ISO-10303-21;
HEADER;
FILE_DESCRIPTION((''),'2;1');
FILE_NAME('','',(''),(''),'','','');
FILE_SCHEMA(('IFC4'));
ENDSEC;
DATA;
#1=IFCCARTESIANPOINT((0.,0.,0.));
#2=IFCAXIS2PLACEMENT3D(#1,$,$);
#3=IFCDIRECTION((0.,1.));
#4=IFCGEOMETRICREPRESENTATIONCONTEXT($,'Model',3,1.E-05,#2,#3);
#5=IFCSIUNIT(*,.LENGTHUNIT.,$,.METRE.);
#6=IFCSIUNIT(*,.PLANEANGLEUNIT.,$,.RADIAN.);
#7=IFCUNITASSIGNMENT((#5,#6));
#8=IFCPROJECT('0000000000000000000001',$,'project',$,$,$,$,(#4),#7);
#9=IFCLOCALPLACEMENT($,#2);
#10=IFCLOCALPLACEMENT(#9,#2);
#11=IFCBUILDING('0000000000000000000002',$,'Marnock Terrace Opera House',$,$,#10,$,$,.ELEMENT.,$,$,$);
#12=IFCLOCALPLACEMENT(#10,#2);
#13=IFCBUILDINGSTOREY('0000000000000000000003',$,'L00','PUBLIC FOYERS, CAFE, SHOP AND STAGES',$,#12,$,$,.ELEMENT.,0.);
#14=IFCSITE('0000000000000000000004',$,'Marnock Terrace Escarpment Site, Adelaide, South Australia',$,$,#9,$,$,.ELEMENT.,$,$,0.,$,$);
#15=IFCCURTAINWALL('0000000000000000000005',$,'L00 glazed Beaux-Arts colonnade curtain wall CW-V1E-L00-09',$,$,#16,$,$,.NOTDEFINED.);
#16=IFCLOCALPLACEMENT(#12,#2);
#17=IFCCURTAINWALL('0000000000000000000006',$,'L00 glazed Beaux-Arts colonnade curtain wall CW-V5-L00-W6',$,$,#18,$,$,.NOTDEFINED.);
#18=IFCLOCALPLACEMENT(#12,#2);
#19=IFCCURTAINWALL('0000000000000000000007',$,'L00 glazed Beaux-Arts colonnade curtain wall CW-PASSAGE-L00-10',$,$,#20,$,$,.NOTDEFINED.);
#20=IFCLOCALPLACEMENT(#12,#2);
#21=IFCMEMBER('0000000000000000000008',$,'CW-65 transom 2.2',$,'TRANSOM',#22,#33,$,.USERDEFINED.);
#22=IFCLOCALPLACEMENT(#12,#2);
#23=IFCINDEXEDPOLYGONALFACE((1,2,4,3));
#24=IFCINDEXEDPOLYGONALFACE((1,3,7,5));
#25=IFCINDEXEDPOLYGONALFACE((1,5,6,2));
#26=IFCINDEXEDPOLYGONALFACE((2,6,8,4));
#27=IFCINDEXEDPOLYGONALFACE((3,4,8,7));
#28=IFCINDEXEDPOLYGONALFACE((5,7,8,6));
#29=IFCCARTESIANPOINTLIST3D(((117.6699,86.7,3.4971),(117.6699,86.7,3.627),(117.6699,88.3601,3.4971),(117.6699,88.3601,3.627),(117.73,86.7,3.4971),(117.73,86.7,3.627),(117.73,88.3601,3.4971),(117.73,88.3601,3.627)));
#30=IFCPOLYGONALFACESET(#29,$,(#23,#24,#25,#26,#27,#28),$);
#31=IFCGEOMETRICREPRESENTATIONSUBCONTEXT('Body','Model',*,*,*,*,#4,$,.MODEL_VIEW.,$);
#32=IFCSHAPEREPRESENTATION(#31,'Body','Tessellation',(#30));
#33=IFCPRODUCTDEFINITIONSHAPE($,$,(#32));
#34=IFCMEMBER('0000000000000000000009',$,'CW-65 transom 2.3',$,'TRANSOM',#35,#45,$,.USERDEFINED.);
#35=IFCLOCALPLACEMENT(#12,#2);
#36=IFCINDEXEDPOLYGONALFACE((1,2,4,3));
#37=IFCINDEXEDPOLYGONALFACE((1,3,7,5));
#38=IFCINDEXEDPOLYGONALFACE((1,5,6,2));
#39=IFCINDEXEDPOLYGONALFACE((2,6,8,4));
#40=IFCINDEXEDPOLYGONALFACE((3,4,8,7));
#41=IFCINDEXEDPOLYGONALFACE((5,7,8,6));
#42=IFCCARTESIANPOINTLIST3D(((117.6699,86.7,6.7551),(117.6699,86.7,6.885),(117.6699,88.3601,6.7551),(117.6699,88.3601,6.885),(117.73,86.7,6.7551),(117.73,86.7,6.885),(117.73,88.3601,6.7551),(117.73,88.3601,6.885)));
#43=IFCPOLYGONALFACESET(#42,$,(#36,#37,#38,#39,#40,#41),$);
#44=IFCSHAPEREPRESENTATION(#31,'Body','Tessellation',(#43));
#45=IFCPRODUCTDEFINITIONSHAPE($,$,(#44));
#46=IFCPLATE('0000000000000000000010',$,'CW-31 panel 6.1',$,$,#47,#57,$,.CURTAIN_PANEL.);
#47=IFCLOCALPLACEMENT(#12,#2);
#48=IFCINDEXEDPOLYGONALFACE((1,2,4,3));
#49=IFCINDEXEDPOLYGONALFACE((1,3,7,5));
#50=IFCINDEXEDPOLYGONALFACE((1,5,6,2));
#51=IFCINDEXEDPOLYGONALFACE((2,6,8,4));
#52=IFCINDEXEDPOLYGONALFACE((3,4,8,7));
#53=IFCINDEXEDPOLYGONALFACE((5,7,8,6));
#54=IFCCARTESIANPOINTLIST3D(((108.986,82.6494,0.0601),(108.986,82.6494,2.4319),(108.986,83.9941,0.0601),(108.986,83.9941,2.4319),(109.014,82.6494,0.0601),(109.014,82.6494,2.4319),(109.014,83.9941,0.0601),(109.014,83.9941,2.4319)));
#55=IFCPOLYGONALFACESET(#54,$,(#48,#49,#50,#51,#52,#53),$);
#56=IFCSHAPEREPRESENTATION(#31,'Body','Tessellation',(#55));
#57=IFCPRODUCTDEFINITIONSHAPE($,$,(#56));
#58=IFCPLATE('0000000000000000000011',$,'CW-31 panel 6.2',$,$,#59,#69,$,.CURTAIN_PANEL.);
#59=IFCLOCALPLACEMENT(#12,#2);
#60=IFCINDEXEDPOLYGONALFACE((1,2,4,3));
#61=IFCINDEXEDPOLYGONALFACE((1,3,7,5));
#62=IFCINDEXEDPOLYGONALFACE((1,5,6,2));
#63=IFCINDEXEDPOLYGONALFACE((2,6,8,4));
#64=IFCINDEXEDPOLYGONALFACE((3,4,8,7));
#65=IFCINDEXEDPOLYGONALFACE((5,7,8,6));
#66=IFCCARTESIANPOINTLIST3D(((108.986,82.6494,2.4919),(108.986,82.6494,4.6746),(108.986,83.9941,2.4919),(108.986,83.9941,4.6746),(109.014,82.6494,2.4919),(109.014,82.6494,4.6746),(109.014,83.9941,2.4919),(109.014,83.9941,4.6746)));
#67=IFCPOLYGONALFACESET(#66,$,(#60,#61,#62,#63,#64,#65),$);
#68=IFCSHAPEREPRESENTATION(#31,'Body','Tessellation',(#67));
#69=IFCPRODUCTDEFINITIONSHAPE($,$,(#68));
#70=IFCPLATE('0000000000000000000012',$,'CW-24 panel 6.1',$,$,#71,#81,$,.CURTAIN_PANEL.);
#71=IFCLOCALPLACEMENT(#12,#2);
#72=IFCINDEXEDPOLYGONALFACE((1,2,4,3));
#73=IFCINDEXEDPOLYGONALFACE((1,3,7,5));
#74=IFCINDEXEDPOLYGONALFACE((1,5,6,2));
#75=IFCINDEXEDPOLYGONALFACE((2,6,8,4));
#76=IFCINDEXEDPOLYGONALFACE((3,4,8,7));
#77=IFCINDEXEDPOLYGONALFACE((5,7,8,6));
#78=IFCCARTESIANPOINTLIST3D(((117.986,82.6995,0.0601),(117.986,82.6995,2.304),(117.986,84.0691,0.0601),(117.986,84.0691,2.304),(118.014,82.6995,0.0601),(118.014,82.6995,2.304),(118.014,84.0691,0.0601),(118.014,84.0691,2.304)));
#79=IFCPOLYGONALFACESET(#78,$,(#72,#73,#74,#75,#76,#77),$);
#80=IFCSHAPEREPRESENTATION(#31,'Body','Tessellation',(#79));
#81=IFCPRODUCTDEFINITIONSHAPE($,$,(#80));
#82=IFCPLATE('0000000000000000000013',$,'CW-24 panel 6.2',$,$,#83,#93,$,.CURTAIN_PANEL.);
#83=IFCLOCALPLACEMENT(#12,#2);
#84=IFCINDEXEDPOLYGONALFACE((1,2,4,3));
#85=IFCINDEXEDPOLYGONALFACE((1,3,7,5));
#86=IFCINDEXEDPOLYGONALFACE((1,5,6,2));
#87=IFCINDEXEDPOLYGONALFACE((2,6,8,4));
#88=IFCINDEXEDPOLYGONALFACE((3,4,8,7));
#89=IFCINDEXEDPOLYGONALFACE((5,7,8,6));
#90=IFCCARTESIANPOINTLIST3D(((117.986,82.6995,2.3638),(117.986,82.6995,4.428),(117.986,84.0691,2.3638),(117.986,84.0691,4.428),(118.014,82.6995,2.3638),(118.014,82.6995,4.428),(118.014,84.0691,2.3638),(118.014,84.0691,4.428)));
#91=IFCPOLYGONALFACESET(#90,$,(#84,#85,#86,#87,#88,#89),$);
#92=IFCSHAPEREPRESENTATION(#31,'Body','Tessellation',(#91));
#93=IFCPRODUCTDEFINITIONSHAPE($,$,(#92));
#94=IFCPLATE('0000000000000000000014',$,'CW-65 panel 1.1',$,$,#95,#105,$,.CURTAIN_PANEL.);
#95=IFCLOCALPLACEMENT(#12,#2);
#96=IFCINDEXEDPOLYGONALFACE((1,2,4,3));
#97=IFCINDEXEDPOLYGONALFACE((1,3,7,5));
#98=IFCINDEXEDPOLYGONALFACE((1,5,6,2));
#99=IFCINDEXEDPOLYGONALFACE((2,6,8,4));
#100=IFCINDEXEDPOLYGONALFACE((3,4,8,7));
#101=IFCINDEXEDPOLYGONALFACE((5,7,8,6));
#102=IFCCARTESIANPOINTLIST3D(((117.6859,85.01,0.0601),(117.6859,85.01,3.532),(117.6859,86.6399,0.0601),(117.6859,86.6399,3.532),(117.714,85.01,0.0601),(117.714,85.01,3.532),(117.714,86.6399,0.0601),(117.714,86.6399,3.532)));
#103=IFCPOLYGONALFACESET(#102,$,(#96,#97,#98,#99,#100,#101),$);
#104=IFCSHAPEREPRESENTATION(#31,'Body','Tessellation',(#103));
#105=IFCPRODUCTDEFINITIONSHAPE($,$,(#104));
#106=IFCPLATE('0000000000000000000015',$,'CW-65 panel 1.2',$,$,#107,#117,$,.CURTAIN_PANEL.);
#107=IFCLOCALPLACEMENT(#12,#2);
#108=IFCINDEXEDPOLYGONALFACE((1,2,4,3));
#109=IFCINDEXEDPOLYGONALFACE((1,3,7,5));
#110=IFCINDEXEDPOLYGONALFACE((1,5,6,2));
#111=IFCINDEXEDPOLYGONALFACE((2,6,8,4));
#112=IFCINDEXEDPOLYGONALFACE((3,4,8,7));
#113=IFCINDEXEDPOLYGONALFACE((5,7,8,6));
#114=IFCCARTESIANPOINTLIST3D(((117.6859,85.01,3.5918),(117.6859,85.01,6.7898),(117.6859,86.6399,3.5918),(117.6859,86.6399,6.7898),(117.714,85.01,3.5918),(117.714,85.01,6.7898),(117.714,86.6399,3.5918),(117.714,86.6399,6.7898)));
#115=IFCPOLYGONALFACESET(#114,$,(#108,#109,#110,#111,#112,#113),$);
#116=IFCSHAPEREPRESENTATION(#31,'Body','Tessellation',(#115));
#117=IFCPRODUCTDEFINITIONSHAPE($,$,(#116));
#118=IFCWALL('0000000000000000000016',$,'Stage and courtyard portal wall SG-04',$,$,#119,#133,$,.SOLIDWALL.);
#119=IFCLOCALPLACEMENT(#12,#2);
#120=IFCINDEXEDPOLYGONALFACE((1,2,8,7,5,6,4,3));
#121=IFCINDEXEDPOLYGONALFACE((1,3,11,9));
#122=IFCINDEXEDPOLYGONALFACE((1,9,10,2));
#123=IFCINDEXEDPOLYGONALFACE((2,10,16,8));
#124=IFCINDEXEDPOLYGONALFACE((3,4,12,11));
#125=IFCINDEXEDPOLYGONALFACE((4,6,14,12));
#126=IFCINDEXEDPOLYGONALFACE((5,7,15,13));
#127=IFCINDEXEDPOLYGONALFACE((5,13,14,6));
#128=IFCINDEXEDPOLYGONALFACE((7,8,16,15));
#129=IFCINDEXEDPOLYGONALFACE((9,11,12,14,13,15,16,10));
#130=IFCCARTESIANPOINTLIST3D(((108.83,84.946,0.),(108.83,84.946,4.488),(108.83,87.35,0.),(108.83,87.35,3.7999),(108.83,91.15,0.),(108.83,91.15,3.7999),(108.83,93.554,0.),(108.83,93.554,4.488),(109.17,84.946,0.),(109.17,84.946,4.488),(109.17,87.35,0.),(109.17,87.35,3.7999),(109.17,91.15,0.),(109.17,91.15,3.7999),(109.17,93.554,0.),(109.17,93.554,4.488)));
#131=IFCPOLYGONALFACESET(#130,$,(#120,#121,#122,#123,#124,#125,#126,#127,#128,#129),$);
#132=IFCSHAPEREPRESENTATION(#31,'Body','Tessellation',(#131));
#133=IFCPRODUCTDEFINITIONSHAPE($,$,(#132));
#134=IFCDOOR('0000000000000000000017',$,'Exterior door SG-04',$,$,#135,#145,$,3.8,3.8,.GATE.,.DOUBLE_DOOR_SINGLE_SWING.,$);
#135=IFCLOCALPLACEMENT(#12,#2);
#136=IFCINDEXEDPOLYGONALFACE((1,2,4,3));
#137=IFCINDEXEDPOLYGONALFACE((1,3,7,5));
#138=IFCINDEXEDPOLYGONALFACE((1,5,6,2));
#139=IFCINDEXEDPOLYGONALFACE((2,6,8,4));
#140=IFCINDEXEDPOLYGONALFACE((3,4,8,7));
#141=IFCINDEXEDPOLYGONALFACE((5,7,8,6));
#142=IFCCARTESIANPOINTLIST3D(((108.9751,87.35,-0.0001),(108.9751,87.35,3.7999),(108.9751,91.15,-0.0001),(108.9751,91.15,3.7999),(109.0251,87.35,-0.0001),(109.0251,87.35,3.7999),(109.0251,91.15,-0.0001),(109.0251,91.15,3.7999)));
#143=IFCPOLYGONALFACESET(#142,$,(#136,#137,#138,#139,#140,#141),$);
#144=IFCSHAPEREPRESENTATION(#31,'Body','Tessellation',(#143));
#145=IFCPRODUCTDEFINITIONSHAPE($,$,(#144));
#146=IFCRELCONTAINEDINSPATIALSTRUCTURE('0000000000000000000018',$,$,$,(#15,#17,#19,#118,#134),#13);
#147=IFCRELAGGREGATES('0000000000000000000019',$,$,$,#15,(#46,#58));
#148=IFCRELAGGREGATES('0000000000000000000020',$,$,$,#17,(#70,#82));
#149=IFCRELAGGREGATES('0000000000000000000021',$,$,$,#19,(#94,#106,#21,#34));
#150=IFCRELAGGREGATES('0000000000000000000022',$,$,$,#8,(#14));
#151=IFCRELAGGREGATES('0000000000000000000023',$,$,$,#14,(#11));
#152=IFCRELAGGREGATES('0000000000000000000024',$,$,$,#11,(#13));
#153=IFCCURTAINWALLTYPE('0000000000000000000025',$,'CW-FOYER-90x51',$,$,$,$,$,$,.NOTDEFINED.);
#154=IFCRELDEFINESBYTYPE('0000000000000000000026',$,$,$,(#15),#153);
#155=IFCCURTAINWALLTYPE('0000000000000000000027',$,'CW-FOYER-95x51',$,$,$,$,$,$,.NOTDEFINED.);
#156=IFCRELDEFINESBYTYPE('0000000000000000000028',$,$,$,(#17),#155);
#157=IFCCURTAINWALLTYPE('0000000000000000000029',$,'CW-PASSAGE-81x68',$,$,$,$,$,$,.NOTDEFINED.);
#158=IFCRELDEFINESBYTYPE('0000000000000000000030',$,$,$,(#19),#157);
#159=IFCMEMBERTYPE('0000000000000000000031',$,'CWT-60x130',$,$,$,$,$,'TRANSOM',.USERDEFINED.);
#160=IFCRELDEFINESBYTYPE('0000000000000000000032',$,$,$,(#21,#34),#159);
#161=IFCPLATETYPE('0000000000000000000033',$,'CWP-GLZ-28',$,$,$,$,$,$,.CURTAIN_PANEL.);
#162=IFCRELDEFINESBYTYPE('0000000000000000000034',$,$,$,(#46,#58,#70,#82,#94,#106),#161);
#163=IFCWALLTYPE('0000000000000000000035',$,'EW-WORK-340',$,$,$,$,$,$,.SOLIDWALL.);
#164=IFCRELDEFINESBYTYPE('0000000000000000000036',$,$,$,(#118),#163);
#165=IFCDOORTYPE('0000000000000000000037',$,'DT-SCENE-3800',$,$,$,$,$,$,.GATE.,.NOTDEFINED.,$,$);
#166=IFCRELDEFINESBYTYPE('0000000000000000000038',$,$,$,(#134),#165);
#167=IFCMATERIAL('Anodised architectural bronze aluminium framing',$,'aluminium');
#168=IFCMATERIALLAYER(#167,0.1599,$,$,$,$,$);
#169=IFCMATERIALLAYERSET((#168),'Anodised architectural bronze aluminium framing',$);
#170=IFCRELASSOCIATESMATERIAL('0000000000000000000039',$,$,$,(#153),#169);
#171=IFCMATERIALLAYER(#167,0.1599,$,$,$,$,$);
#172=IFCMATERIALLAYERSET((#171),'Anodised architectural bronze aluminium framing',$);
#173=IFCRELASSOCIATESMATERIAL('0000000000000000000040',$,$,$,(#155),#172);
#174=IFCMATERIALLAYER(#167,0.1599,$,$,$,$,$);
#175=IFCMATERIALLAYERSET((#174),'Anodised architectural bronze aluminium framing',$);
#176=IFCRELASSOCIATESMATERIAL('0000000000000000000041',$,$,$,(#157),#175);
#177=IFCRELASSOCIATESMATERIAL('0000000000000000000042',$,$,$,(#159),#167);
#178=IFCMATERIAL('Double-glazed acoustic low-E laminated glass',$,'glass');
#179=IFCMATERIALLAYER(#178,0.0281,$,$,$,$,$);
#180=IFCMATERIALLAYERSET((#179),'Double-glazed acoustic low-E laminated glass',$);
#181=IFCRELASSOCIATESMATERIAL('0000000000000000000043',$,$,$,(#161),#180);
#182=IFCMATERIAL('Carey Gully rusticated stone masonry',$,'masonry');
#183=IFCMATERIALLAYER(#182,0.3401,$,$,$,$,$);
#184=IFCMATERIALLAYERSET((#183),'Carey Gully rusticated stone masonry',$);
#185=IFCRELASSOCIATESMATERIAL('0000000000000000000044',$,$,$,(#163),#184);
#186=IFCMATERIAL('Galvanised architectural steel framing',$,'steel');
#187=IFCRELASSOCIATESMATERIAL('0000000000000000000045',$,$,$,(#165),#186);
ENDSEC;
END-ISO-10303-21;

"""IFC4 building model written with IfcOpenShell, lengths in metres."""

from ifc_helpers import new_model, si_unit, direction, frame, frame_2d, origin, origin_2d, place, context, subcontext, project, spatial, rectangle, extrude, material, layer, layer_set, material_profile, profile_set, type_object, element, fill, aggregate, save


model = new_model("IFC4")

# Units and contexts
model_context = context("Model", 3, precision=1e-05, world=origin(), true_north=direction((0.0, 1.0)))
body_context = subcontext(model_context, "Body", "Model", "MODEL_VIEW")
ifc_project = project(units=[si_unit("LENGTHUNIT", "METRE"), si_unit("PLANEANGLEUNIT", "RADIAN")], contexts=[model_context])

# Site, building, storey
site_placement = place(None, origin())
site = spatial("IfcSite", under=ifc_project, at=site_placement, Name="Marnock Terrace Escarpment Site, Adelaide, South Australia", CompositionType="ELEMENT", RefElevation=0.0)
building_placement = place(site_placement, origin())
building = spatial("IfcBuilding", under=site, at=building_placement, Name="Marnock Terrace Opera House", CompositionType="ELEMENT")
storey_placement = place(building_placement, origin())
storey = spatial("IfcBuildingStorey", under=building, at=storey_placement, Name="L00", Description="PUBLIC FOYERS, CAFE, SHOP AND STAGES", CompositionType="ELEMENT", Elevation=0.0)

# Curtain walls
ifc_material_1 = material(Name="Anodised architectural bronze aluminium framing", Category="aluminium")
ifc_layer_1 = layer(ifc_material_1, 0.1599)
ifc_layer_set_1 = layer_set([ifc_layer_1], Name="Anodised architectural bronze aluminium framing")
curtain_wall_type_1 = type_object("IfcCurtainWallType", Name="CW-FOYER-90x51", PredefinedType="NOTDEFINED", material=ifc_layer_set_1)
curtain_wall_1_placement = place(storey_placement, origin())
curtain_wall_1 = element("IfcCurtainWall", 1, at=curtain_wall_1_placement, inside=storey, type_object=curtain_wall_type_1, Name="L00 glazed Beaux-Arts colonnade curtain wall CW-V1E-L00-09", PredefinedType="NOTDEFINED")
ifc_layer_2 = layer(ifc_material_1, 0.1599)
ifc_layer_set_2 = layer_set([ifc_layer_2], Name="Anodised architectural bronze aluminium framing")
curtain_wall_type_2 = type_object("IfcCurtainWallType", Name="CW-FOYER-95x51", PredefinedType="NOTDEFINED", material=ifc_layer_set_2)
curtain_wall_2_placement = place(storey_placement, origin())
curtain_wall_2 = element("IfcCurtainWall", 2, at=curtain_wall_2_placement, inside=storey, type_object=curtain_wall_type_2, Name="L00 glazed Beaux-Arts colonnade curtain wall CW-V5-L00-W6", PredefinedType="NOTDEFINED")
ifc_layer_3 = layer(ifc_material_1, 0.1599)
ifc_layer_set_3 = layer_set([ifc_layer_3], Name="Anodised architectural bronze aluminium framing")
curtain_wall_type_3 = type_object("IfcCurtainWallType", Name="CW-PASSAGE-81x68", PredefinedType="NOTDEFINED", material=ifc_layer_set_3)

# Curtain wall, members
curtain_wall_3_placement = place(storey_placement, origin())
curtain_wall_3 = element("IfcCurtainWall", 3, at=curtain_wall_3_placement, inside=storey, type_object=curtain_wall_type_3, Name="L00 glazed Beaux-Arts colonnade curtain wall CW-PASSAGE-L00-10", PredefinedType="NOTDEFINED")
ifc_material_profile_1 = material_profile(ifc_material_1, rectangle(XDim=0.0601, YDim=0.1299, at=origin_2d()))
ifc_profile_set_1 = profile_set([ifc_material_profile_1], Name="Anodised architectural bronze aluminium framing")
member_type_1 = type_object("IfcMemberType", Name="CWT-60x130", ElementType="TRANSOM", PredefinedType="USERDEFINED", material=ifc_profile_set_1)
member_1_placement = place(storey_placement, frame((117.7, 86.7, 3.562), z_axis=(0.0, 1.0, 0.0), x_axis=(-1.0, 0.0, 0.0)))
member_1 = element("IfcMember", 4, at=member_1_placement, type_object=member_type_1, Name="CW-65 transom 2.2", ObjectType="TRANSOM", PredefinedType="USERDEFINED", context=body_context, shape_type="SweptSolid", body=[
    extrude(rectangle(XDim=0.0601, YDim=0.1299, at=origin_2d()), origin(), (0.0, 0.0, 1.0), 1.6602),
])
member_2_placement = place(storey_placement, frame((117.7, 86.7, 6.8201), z_axis=(0.0, 1.0, 0.0), x_axis=(-1.0, 0.0, 0.0)))
member_2 = element("IfcMember", 5, at=member_2_placement, type_object=member_type_1, Name="CW-65 transom 2.3", ObjectType="TRANSOM", PredefinedType="USERDEFINED", context=body_context, shape_type="SweptSolid", body=[
    extrude(rectangle(XDim=0.0601, YDim=0.1299, at=origin_2d()), origin(), (0.0, 0.0, 1.0), 1.6602),
])

# Plates
ifc_material_2 = material(Name="Double-glazed acoustic low-E laminated glass", Category="glass")
ifc_layer_4 = layer(ifc_material_2, 0.0281)
ifc_layer_set_4 = layer_set([ifc_layer_4], Name="Double-glazed acoustic low-E laminated glass")
plate_type = type_object("IfcPlateType", Name="CWP-GLZ-28", PredefinedType="CURTAIN_PANEL", material=ifc_layer_set_4)
plate_1_placement = place(storey_placement, frame((109.0, 83.3218, 0.0601), z_axis=(0.0, 0.0, 1.0), x_axis=(0.0, 1.0, 0.0)))
plate_1 = element("IfcPlate", 6, at=plate_1_placement, type_object=plate_type, Name="CW-31 panel 6.1", PredefinedType="CURTAIN_PANEL", context=body_context, shape_type="SweptSolid", body=[
    extrude(rectangle(XDim=1.3447, YDim=0.0281, at=origin_2d()), origin(), (0.0, 0.0, 1.0), 2.3718),
])
plate_2_placement = place(storey_placement, frame((109.0, 83.3218, 2.4919), z_axis=(0.0, 0.0, 1.0), x_axis=(0.0, 1.0, 0.0)))
plate_2 = element("IfcPlate", 7, at=plate_2_placement, type_object=plate_type, Name="CW-31 panel 6.2", PredefinedType="CURTAIN_PANEL", context=body_context, shape_type="SweptSolid", body=[
    extrude(rectangle(XDim=1.3447, YDim=0.0281, at=origin_2d()), origin(), (0.0, 0.0, 1.0), 2.1826),
])
aggregate(curtain_wall_1, [plate_1, plate_2])
plate_3_placement = place(storey_placement, frame((118.0, 83.3843, 0.0601), z_axis=(0.0, 0.0, 1.0), x_axis=(0.0, 1.0, 0.0)))
plate_3 = element("IfcPlate", 8, at=plate_3_placement, type_object=plate_type, Name="CW-24 panel 6.1", PredefinedType="CURTAIN_PANEL", context=body_context, shape_type="SweptSolid", body=[
    extrude(rectangle(XDim=1.3696, YDim=0.0281, at=origin_2d()), origin(), (0.0, 0.0, 1.0), 2.2439),
])
plate_4_placement = place(storey_placement, frame((118.0, 83.3843, 2.3638), z_axis=(0.0, 0.0, 1.0), x_axis=(0.0, 1.0, 0.0)))
plate_4 = element("IfcPlate", 9, at=plate_4_placement, type_object=plate_type, Name="CW-24 panel 6.2", PredefinedType="CURTAIN_PANEL", context=body_context, shape_type="SweptSolid", body=[
    extrude(rectangle(XDim=1.3696, YDim=0.0281, at=origin_2d()), origin(), (0.0, 0.0, 1.0), 2.0642),
])
aggregate(curtain_wall_2, [plate_3, plate_4])
plate_5_placement = place(storey_placement, frame((117.7, 85.825, 0.0601), z_axis=(0.0, 0.0, 1.0), x_axis=(0.0, 1.0, 0.0)))
plate_5 = element("IfcPlate", 10, at=plate_5_placement, type_object=plate_type, Name="CW-65 panel 1.1", PredefinedType="CURTAIN_PANEL", context=body_context, shape_type="SweptSolid", body=[
    extrude(rectangle(XDim=1.6299, YDim=0.0281, at=origin_2d()), origin(), (0.0, 0.0, 1.0), 3.4719),
])
plate_6_placement = place(storey_placement, frame((117.7, 85.825, 3.5918), z_axis=(0.0, 0.0, 1.0), x_axis=(0.0, 1.0, 0.0)))
plate_6 = element("IfcPlate", 11, at=plate_6_placement, type_object=plate_type, Name="CW-65 panel 1.2", PredefinedType="CURTAIN_PANEL", context=body_context, shape_type="SweptSolid", body=[
    extrude(rectangle(XDim=1.6299, YDim=0.0281, at=origin_2d()), origin(), (0.0, 0.0, 1.0), 3.198),
])
aggregate(curtain_wall_3, [plate_5, plate_6, member_1, member_2])

# Wall, opening, door
ifc_material_3 = material(Name="Carey Gully rusticated stone masonry", Category="masonry")
ifc_layer_5 = layer(ifc_material_3, 0.3401)
ifc_layer_set_5 = layer_set([ifc_layer_5], Name="Carey Gully rusticated stone masonry")
wall_type = type_object("IfcWallType", Name="EW-WORK-340", PredefinedType="SOLIDWALL", material=ifc_layer_set_5)
wall_placement = place(storey_placement, frame((109.0, 84.946, 0.0), z_axis=(0.0, 0.0, 1.0), x_axis=(0.0, 1.0, 0.0)))
wall = element("IfcWall", 12, at=wall_placement, inside=storey, type_object=wall_type, Name="Stage and courtyard portal wall SG-04", PredefinedType="SOLIDWALL", context=body_context, shape_type="SweptSolid", body=[
    extrude(rectangle(XDim=8.6079, YDim=0.3401, at=frame_2d((4.304, 0.0))), origin(), (0.0, 0.0, 1.0), 4.488),
])
opening_placement = place(wall_placement, frame((2.4041, 0.0, 0.0)))
opening = element("IfcOpeningElement", 13, at=opening_placement, cuts=wall, PredefinedType="OPENING", context=body_context, shape_type="SweptSolid", body=[
    extrude(rectangle(XDim=3.8, YDim=3.8, at=frame_2d((1.8999, 1.8999))), frame((0.0, 0.1799, 0.0), z_axis=(0.0, -1.0, 0.0), x_axis=(1.0, 0.0, 0.0)), (0.0, 0.0, 1.0), 0.3601),
])
ifc_material_4 = material(Name="Galvanised architectural steel framing", Category="steel")
door_type = type_object("IfcDoorType", Name="DT-SCENE-3800", OperationType="NOTDEFINED", PredefinedType="GATE", material=ifc_material_4)
door_placement = place(opening_placement, origin())
door = element("IfcDoor", 14, at=door_placement, inside=storey, type_object=door_type, Name="Exterior door SG-04", OperationType="DOUBLE_DOOR_SINGLE_SWING", OverallHeight=3.8, OverallWidth=3.8, PredefinedType="GATE", context=body_context, shape_type="SweptSolid", body=[
    extrude(rectangle(XDim=3.8, YDim=3.8, at=frame_2d((1.8999, 1.8999))), frame((0.0, 0.0249, 0.0), z_axis=(0.0, -1.0, 0.0), x_axis=(1.0, 0.0, 0.0)), (0.0, 0.0, 1.0), 0.05),
])
fill(opening, door)

save(model, "model.ifc")
